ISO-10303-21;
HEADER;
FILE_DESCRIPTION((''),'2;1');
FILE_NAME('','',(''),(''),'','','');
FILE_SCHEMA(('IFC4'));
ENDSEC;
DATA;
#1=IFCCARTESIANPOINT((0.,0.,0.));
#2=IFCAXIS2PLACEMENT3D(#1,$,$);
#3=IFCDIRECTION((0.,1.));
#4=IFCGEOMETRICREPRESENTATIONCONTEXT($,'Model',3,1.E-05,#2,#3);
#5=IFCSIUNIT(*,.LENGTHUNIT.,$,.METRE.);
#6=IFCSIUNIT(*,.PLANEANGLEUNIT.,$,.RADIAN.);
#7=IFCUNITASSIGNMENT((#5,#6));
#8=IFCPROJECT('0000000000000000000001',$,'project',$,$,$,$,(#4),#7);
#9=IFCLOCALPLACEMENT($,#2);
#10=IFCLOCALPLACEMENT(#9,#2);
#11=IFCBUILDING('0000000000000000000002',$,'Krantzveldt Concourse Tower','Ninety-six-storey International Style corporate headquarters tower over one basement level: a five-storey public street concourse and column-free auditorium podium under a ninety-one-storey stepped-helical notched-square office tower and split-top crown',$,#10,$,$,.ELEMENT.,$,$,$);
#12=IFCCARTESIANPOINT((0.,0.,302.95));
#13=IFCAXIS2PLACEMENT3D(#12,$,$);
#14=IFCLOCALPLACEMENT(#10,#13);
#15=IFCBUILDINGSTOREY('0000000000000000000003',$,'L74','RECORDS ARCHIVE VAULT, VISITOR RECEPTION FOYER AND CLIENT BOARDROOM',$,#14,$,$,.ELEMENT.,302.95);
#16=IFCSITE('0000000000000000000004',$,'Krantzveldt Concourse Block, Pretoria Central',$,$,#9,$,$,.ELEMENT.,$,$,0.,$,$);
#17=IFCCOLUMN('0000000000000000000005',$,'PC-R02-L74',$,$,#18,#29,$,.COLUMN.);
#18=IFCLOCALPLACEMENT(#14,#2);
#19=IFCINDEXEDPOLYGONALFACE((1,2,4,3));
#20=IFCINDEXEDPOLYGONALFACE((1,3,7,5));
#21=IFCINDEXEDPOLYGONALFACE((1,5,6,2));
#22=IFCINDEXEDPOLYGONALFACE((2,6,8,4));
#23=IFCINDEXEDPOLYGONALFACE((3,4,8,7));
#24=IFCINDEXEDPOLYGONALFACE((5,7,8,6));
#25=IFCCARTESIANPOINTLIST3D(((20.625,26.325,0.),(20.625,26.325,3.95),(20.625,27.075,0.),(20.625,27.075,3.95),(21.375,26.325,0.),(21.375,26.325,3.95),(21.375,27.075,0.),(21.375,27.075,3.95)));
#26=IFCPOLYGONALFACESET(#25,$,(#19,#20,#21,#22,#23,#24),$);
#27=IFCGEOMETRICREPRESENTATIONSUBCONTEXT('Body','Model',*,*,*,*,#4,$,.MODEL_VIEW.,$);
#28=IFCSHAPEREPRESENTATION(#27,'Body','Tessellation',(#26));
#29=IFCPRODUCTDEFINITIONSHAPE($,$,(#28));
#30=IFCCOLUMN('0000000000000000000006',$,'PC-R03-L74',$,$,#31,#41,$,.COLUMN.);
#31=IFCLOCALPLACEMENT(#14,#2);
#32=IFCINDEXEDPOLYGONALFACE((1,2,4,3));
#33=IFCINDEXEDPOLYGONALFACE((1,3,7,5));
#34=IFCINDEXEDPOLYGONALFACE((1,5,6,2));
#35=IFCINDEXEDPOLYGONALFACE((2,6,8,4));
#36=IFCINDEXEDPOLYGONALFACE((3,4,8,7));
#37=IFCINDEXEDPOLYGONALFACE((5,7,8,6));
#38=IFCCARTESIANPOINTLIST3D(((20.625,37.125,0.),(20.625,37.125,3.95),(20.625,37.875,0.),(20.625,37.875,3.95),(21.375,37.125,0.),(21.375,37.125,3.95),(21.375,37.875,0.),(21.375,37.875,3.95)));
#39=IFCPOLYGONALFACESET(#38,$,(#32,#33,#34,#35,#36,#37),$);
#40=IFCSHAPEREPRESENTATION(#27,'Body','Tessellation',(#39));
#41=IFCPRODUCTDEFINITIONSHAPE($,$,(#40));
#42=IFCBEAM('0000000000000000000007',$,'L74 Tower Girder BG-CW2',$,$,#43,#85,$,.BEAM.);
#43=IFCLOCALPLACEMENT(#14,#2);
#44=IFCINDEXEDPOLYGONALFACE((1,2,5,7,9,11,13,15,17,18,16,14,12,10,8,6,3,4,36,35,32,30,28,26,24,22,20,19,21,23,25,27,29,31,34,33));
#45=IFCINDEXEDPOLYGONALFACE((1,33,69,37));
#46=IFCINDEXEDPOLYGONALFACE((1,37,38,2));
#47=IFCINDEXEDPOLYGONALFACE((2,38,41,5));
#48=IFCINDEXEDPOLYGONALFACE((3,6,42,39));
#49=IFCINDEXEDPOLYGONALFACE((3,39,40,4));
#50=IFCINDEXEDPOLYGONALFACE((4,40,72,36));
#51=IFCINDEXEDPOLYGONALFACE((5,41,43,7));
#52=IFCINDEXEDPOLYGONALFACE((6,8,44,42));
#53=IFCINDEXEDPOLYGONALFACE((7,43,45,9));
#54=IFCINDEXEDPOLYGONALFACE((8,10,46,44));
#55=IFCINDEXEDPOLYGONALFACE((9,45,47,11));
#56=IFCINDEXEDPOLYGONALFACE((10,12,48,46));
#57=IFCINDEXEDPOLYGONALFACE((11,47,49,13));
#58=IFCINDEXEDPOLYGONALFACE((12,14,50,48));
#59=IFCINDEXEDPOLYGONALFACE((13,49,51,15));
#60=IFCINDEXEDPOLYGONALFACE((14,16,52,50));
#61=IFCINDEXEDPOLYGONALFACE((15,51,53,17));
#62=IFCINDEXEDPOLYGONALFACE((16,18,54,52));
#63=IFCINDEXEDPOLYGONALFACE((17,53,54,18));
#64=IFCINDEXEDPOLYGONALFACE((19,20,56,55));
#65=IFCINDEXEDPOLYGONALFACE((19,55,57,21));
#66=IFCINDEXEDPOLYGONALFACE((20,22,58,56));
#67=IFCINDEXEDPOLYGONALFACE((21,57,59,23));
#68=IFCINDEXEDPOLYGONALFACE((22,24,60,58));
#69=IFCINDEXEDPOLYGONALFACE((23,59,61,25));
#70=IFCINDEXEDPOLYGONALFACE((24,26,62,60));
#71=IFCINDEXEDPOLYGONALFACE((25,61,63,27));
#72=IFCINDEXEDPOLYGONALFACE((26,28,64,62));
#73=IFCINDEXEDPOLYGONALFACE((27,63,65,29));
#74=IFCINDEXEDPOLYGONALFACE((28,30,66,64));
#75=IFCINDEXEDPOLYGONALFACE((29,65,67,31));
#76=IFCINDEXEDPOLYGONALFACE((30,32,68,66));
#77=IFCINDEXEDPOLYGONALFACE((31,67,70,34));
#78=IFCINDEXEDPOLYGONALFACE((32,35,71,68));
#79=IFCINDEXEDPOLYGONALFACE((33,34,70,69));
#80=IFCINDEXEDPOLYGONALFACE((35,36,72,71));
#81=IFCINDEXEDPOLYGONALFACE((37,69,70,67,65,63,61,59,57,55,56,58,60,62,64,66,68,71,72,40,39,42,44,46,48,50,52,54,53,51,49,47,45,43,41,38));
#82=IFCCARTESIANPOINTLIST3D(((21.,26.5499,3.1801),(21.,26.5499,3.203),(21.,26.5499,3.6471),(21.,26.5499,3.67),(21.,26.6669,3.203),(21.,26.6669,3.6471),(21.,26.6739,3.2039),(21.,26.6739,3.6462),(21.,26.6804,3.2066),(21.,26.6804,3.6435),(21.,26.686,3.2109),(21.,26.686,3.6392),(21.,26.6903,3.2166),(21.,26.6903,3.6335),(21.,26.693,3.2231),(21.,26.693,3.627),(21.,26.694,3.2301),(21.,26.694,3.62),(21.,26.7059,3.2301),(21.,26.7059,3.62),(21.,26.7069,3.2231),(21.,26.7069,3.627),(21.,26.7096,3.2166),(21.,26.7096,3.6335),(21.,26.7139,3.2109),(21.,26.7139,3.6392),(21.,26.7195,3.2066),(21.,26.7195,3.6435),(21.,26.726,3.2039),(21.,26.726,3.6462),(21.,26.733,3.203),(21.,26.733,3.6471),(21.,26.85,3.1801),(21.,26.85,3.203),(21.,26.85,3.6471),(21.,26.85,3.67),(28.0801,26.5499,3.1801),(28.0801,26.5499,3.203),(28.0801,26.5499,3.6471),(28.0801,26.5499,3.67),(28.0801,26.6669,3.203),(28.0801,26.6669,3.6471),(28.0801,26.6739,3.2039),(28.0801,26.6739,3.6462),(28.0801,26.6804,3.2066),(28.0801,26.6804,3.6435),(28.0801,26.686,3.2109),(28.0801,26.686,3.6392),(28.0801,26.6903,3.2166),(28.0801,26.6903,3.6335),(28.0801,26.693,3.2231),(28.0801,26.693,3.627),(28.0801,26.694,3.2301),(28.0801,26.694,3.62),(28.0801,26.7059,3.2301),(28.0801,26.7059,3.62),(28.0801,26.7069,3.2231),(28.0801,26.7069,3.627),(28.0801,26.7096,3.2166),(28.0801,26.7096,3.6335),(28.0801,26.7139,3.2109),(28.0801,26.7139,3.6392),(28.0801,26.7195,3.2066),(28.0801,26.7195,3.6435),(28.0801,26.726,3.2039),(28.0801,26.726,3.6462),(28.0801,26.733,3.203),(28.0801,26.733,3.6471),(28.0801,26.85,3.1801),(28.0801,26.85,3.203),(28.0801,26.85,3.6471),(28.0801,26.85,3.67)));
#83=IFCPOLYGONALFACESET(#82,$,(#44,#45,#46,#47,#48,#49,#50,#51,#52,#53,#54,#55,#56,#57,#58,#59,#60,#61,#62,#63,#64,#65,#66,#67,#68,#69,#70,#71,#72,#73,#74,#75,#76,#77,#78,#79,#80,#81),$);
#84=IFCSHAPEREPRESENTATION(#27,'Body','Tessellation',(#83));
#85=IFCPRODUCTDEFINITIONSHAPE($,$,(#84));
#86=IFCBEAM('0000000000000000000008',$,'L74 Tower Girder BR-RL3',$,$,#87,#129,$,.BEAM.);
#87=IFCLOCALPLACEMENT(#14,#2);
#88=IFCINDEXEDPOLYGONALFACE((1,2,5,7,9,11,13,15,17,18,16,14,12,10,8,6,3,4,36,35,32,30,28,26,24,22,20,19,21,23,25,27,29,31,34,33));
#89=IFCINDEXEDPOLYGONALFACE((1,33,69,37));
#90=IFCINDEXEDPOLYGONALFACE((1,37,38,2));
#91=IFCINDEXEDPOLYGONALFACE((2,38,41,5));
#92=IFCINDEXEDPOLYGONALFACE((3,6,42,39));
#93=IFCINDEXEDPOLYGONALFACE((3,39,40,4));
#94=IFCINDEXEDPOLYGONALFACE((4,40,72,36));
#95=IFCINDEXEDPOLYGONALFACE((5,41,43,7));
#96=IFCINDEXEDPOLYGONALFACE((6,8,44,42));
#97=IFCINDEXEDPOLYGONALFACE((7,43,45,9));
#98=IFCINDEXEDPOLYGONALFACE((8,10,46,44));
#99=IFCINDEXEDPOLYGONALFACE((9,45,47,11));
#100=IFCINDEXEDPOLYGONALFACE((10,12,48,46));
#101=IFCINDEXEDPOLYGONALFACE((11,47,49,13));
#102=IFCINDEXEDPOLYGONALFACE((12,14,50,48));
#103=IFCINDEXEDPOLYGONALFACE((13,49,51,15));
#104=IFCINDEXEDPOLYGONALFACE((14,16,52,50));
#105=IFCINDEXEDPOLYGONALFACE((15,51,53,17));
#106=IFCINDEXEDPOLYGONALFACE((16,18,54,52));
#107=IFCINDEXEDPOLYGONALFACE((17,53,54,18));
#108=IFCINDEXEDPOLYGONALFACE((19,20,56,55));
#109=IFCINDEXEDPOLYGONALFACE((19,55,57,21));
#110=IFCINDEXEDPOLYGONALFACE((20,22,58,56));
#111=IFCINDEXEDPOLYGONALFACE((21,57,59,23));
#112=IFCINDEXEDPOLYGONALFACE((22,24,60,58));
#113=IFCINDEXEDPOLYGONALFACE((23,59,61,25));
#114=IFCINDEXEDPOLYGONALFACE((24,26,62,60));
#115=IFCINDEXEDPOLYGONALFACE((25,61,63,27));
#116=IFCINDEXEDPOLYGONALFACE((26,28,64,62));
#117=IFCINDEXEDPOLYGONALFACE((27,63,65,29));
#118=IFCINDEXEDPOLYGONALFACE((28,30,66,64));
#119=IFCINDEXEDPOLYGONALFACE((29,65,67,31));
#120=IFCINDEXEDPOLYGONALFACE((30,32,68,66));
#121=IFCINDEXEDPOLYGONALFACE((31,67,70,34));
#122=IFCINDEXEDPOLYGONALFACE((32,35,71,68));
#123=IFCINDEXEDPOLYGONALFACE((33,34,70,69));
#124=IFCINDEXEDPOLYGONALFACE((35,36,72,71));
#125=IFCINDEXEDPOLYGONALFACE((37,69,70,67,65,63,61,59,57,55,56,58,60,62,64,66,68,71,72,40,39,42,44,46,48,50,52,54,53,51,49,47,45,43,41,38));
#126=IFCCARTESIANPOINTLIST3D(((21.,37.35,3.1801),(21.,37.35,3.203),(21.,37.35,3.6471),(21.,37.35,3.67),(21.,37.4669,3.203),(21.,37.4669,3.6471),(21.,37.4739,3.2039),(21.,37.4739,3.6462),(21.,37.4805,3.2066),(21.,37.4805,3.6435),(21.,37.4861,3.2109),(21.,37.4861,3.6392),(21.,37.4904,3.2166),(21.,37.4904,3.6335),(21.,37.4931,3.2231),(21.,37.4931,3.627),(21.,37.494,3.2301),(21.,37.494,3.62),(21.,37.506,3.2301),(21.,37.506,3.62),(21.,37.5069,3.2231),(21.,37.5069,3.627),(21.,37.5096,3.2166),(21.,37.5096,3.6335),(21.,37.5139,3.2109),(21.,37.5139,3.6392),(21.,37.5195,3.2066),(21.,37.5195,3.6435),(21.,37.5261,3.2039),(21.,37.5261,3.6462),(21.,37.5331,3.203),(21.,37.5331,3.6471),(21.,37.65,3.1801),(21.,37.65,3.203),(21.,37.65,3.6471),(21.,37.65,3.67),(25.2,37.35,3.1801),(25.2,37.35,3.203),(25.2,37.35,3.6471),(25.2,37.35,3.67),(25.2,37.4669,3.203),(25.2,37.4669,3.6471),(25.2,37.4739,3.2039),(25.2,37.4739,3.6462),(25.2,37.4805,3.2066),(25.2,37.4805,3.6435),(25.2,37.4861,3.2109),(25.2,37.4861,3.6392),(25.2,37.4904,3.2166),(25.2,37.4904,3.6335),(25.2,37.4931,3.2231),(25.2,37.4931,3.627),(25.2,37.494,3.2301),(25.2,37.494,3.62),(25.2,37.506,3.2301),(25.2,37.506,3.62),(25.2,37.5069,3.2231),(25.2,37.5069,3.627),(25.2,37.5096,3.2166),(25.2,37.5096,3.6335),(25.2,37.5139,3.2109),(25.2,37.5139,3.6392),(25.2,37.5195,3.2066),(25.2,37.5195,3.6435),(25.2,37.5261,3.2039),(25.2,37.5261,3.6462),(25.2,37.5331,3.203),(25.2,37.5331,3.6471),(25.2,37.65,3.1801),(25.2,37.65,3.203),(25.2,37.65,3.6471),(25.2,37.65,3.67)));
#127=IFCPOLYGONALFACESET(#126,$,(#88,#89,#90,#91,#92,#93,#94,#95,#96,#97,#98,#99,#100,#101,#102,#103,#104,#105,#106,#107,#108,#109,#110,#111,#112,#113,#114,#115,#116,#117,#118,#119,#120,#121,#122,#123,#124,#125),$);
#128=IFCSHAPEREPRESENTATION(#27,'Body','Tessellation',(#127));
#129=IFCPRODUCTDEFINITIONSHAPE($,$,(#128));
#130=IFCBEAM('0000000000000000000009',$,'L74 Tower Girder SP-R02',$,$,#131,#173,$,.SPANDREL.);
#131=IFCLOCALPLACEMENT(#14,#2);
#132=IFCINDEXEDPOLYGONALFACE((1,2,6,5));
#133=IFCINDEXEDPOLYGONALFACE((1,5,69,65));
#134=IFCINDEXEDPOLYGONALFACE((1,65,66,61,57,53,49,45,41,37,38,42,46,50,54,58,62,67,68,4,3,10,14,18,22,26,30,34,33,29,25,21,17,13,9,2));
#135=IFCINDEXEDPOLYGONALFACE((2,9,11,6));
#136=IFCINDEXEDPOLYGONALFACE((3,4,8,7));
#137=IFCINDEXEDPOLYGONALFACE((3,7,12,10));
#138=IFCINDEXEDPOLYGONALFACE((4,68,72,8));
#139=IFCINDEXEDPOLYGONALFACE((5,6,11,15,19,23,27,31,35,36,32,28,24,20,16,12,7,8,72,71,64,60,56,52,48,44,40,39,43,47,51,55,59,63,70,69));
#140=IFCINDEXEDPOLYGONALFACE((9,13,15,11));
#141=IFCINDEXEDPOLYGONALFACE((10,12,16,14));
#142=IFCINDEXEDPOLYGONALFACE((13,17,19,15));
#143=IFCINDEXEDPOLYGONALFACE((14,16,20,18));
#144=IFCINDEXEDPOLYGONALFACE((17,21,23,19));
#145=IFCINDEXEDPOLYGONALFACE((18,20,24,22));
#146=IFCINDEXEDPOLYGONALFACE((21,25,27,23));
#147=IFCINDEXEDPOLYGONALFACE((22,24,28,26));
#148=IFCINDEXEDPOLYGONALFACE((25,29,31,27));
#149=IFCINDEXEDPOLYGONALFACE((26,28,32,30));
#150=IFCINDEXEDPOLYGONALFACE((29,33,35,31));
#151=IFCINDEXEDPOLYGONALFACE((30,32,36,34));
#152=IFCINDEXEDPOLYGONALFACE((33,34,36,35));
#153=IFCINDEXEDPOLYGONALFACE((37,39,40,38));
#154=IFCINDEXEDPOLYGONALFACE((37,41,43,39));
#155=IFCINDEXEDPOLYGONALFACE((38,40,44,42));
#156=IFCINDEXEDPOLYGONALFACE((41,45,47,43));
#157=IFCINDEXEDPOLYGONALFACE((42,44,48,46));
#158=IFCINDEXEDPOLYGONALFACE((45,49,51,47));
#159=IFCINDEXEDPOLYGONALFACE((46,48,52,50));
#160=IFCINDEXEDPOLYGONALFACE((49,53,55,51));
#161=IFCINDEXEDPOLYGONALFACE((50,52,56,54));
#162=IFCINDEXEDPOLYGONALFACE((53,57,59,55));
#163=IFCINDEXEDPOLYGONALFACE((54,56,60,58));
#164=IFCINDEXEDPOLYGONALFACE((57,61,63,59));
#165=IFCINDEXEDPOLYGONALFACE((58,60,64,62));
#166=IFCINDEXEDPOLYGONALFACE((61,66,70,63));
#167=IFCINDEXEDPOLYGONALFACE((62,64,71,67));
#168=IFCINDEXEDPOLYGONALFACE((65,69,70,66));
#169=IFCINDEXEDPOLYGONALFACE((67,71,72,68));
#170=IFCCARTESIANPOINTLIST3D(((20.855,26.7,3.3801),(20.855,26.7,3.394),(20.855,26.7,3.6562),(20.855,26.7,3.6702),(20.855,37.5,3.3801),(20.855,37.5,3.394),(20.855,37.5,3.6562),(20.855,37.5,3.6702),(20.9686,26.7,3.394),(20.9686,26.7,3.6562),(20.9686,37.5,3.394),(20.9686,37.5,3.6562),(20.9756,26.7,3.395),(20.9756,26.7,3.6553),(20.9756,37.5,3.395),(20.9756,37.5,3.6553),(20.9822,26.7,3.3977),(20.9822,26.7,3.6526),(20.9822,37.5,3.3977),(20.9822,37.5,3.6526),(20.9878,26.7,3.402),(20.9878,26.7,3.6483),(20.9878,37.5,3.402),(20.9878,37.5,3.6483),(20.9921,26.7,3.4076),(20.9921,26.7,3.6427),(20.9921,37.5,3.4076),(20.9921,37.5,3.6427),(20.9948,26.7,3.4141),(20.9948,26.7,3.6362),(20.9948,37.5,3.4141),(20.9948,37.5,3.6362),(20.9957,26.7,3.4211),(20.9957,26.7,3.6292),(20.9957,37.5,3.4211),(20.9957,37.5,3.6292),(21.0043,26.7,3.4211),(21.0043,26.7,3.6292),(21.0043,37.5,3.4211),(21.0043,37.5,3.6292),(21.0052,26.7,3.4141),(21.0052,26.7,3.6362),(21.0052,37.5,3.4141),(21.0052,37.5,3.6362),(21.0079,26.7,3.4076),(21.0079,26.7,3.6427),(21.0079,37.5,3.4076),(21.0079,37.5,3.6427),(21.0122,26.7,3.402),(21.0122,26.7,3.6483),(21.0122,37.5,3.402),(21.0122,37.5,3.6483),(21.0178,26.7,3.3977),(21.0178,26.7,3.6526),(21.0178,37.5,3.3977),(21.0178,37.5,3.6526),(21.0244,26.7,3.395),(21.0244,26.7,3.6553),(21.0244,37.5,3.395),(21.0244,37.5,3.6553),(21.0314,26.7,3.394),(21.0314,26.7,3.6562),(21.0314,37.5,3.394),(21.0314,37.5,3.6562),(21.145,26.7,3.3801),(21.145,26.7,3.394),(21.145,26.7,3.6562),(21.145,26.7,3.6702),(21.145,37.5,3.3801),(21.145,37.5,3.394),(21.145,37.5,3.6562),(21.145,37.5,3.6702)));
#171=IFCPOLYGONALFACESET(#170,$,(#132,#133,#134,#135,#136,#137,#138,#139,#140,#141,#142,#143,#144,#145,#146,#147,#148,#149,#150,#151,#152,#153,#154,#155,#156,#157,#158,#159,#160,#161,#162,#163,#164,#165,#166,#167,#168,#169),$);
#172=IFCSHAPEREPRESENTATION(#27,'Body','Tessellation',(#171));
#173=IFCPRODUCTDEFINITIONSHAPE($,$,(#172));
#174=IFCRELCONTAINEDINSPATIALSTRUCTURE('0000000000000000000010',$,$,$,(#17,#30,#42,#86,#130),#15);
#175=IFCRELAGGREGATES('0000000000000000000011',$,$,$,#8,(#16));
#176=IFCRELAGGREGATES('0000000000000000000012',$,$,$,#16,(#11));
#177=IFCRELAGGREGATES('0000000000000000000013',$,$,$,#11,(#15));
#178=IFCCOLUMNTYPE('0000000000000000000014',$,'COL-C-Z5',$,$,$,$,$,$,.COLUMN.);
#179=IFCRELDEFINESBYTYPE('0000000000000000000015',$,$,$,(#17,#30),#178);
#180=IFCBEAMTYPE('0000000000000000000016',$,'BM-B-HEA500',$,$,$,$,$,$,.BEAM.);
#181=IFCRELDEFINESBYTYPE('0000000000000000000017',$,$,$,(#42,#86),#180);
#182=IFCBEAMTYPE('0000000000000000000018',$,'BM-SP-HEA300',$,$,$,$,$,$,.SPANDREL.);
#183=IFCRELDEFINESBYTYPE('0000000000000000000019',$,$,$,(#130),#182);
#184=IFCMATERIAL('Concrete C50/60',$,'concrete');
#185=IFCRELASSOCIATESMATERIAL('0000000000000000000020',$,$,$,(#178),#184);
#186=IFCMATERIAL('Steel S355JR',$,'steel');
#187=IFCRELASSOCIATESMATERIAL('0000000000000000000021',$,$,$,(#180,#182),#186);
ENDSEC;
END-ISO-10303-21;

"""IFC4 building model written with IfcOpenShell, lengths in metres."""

from ifc_helpers import new_model, si_unit, direction, frame, origin, origin_2d, place, context, subcontext, project, spatial, rectangle, i_section, extrude, source, transform, mapped, material, material_profile, profile_set, type_object, type_shapes, element, save


model = new_model("IFC4")

# Units and contexts
model_context = context("Model", 3, precision=1e-05, world=origin(), true_north=direction((0.0, 1.0)))
body_context = subcontext(model_context, "Body", "Model", "MODEL_VIEW")
ifc_project = project(units=[si_unit("LENGTHUNIT", "METRE"), si_unit("PLANEANGLEUNIT", "RADIAN")], contexts=[model_context])

# Site, building, storey
site_placement = place(None, origin())
site = spatial("IfcSite", under=ifc_project, at=site_placement, Name="Krantzveldt Concourse Block, Pretoria Central", CompositionType="ELEMENT", RefElevation=0.0)
building_placement = place(site_placement, origin())
building = spatial("IfcBuilding", under=site, at=building_placement, Name="Krantzveldt Concourse Tower", Description="Ninety-six-storey International Style corporate headquarters tower over one basement level: a five-storey public street concourse and column-free auditorium podium under a ninety-one-storey stepped-helical notched-square office tower and split-top crown", CompositionType="ELEMENT")
storey_placement = place(building_placement, frame((0.0, 0.0, 302.95)))
storey = spatial("IfcBuildingStorey", under=building, at=storey_placement, Name="L74", Description="RECORDS ARCHIVE VAULT, VISITOR RECEPTION FOYER AND CLIENT BOARDROOM", CompositionType="ELEMENT", Elevation=302.95)

# Columns
ifc_material_1 = material(Name="Concrete C50/60", Category="concrete")
ifc_material_profile_1 = material_profile(ifc_material_1, rectangle(XDim=0.75, YDim=0.75, at=origin_2d()), Name="Concrete C50/60", Category="concrete")
ifc_profile_set_1 = profile_set([ifc_material_profile_1], Name="Concrete C50/60 - RC 750x750")
column_type = type_object("IfcColumnType", Name="COL-C-Z5", PredefinedType="COLUMN", material=ifc_profile_set_1)
shared_shape_1 = source(origin(), body_context, "Body", "SweptSolid", [
    extrude(rectangle(XDim=0.75, YDim=0.75, at=origin_2d()), origin(), (0.0, 0.0, 1.0), 3.95),
])
type_shapes(column_type, [shared_shape_1])
for number, where, z_axis, x_axis, name in (
    (1, (21.0, 26.7, 0.0), (0.0, 0.0, 1.0), (1.0, 0.0, 0.0), "PC-R02-L74"),
    (2, (21.0, 37.5, 0.0), (0.0, 0.0, 1.0), (1.0, 0.0, 0.0), "PC-R03-L74"),
):
    element("IfcColumn", number, at=place(storey_placement, frame(where, z_axis=z_axis, x_axis=x_axis)), inside=storey, type_object=column_type, Name=name, PredefinedType="COLUMN", context=body_context, shape_type="MappedRepresentation", body=[
        mapped(shared_shape_1, transform((0.0, 0.0, 0.0), x_axis=(1.0, 0.0, 0.0), y_axis=(0.0, 1.0, 0.0), z_axis=(0.0, 0.0, 1.0), scale=1.0)),
    ])

# Beams
ifc_material_2 = material(Name="Steel S355JR", Category="steel")
ifc_material_profile_2 = material_profile(ifc_material_2, i_section(OverallWidth=0.3, OverallDepth=0.49, WebThickness=0.012, FlangeThickness=0.0229, FilletRadius=0.0271, at=origin_2d()), Name="Steel S355JR", Category="steel")
ifc_profile_set_2 = profile_set([ifc_material_profile_2], Name="Steel S355JR - HEA 500")
beam_type_1 = type_object("IfcBeamType", Name="BM-B-HEA500", PredefinedType="BEAM", material=ifc_profile_set_2)
shared_shape_2 = source(origin(), body_context, "Body", "SweptSolid", [
    extrude(i_section(OverallWidth=0.3, OverallDepth=0.49, WebThickness=0.012, FlangeThickness=0.0229, FilletRadius=0.0271, at=origin_2d()), origin(), (0.0, 0.0, 1.0), 7.0801),
])
beam_1_placement = place(storey_placement, frame((21.0, 26.7, 3.425), z_axis=(1.0, 0.0, 0.0), x_axis=(0.0, 1.0, 0.0)))
element("IfcBeam", 3, at=beam_1_placement, inside=storey, type_object=beam_type_1, Name="L74 Tower Girder BG-CW2", PredefinedType="BEAM", context=body_context, shape_type="MappedRepresentation", body=[
    mapped(shared_shape_2, transform((0.0, 0.0, 0.0), x_axis=(1.0, 0.0, 0.0), y_axis=(0.0, 1.0, 0.0), z_axis=(0.0, 0.0, 1.0), scale=1.0)),
])
shared_shape_3 = source(origin(), body_context, "Body", "SweptSolid", [
    extrude(i_section(OverallWidth=0.3, OverallDepth=0.49, WebThickness=0.012, FlangeThickness=0.0229, FilletRadius=0.0271, at=origin_2d()), origin(), (0.0, 0.0, 1.0), 4.2),
])
type_shapes(beam_type_1, [shared_shape_2, shared_shape_3])
beam_2_placement = place(storey_placement, frame((21.0, 37.5, 3.425), z_axis=(1.0, 0.0, 0.0), x_axis=(0.0, 1.0, 0.0)))
element("IfcBeam", 4, at=beam_2_placement, inside=storey, type_object=beam_type_1, Name="L74 Tower Girder BR-RL3", PredefinedType="BEAM", context=body_context, shape_type="MappedRepresentation", body=[
    mapped(shared_shape_3, transform((0.0, 0.0, 0.0), x_axis=(1.0, 0.0, 0.0), y_axis=(0.0, 1.0, 0.0), z_axis=(0.0, 0.0, 1.0), scale=1.0)),
])
ifc_material_profile_3 = material_profile(ifc_material_2, i_section(OverallWidth=0.29, OverallDepth=0.29, WebThickness=0.0085, FlangeThickness=0.0139, FilletRadius=0.0271, at=origin_2d()), Name="Steel S355JR", Category="steel")
ifc_profile_set_3 = profile_set([ifc_material_profile_3], Name="Steel S355JR - HEA 300")
beam_type_2 = type_object("IfcBeamType", Name="BM-SP-HEA300", PredefinedType="SPANDREL", material=ifc_profile_set_3)
shared_shape_4 = source(origin(), body_context, "Body", "SweptSolid", [
    extrude(i_section(OverallWidth=0.29, OverallDepth=0.29, WebThickness=0.0085, FlangeThickness=0.0139, FilletRadius=0.0271, at=origin_2d()), origin(), (0.0, 0.0, 1.0), 10.8),
])
beam_3_placement = place(storey_placement, frame((21.0, 26.7, 3.5251), z_axis=(0.0, 1.0, 0.0), x_axis=(-1.0, 0.0, 0.0)))
element("IfcBeam", 5, at=beam_3_placement, inside=storey, type_object=beam_type_2, Name="L74 Tower Girder SP-R02", PredefinedType="SPANDREL", context=body_context, shape_type="MappedRepresentation", body=[
    mapped(shared_shape_4, transform((0.0, 0.0, 0.0), x_axis=(1.0, 0.0, 0.0), y_axis=(0.0, 1.0, 0.0), z_axis=(0.0, 0.0, 1.0), scale=1.0)),
])

save(model, "model.ifc")
